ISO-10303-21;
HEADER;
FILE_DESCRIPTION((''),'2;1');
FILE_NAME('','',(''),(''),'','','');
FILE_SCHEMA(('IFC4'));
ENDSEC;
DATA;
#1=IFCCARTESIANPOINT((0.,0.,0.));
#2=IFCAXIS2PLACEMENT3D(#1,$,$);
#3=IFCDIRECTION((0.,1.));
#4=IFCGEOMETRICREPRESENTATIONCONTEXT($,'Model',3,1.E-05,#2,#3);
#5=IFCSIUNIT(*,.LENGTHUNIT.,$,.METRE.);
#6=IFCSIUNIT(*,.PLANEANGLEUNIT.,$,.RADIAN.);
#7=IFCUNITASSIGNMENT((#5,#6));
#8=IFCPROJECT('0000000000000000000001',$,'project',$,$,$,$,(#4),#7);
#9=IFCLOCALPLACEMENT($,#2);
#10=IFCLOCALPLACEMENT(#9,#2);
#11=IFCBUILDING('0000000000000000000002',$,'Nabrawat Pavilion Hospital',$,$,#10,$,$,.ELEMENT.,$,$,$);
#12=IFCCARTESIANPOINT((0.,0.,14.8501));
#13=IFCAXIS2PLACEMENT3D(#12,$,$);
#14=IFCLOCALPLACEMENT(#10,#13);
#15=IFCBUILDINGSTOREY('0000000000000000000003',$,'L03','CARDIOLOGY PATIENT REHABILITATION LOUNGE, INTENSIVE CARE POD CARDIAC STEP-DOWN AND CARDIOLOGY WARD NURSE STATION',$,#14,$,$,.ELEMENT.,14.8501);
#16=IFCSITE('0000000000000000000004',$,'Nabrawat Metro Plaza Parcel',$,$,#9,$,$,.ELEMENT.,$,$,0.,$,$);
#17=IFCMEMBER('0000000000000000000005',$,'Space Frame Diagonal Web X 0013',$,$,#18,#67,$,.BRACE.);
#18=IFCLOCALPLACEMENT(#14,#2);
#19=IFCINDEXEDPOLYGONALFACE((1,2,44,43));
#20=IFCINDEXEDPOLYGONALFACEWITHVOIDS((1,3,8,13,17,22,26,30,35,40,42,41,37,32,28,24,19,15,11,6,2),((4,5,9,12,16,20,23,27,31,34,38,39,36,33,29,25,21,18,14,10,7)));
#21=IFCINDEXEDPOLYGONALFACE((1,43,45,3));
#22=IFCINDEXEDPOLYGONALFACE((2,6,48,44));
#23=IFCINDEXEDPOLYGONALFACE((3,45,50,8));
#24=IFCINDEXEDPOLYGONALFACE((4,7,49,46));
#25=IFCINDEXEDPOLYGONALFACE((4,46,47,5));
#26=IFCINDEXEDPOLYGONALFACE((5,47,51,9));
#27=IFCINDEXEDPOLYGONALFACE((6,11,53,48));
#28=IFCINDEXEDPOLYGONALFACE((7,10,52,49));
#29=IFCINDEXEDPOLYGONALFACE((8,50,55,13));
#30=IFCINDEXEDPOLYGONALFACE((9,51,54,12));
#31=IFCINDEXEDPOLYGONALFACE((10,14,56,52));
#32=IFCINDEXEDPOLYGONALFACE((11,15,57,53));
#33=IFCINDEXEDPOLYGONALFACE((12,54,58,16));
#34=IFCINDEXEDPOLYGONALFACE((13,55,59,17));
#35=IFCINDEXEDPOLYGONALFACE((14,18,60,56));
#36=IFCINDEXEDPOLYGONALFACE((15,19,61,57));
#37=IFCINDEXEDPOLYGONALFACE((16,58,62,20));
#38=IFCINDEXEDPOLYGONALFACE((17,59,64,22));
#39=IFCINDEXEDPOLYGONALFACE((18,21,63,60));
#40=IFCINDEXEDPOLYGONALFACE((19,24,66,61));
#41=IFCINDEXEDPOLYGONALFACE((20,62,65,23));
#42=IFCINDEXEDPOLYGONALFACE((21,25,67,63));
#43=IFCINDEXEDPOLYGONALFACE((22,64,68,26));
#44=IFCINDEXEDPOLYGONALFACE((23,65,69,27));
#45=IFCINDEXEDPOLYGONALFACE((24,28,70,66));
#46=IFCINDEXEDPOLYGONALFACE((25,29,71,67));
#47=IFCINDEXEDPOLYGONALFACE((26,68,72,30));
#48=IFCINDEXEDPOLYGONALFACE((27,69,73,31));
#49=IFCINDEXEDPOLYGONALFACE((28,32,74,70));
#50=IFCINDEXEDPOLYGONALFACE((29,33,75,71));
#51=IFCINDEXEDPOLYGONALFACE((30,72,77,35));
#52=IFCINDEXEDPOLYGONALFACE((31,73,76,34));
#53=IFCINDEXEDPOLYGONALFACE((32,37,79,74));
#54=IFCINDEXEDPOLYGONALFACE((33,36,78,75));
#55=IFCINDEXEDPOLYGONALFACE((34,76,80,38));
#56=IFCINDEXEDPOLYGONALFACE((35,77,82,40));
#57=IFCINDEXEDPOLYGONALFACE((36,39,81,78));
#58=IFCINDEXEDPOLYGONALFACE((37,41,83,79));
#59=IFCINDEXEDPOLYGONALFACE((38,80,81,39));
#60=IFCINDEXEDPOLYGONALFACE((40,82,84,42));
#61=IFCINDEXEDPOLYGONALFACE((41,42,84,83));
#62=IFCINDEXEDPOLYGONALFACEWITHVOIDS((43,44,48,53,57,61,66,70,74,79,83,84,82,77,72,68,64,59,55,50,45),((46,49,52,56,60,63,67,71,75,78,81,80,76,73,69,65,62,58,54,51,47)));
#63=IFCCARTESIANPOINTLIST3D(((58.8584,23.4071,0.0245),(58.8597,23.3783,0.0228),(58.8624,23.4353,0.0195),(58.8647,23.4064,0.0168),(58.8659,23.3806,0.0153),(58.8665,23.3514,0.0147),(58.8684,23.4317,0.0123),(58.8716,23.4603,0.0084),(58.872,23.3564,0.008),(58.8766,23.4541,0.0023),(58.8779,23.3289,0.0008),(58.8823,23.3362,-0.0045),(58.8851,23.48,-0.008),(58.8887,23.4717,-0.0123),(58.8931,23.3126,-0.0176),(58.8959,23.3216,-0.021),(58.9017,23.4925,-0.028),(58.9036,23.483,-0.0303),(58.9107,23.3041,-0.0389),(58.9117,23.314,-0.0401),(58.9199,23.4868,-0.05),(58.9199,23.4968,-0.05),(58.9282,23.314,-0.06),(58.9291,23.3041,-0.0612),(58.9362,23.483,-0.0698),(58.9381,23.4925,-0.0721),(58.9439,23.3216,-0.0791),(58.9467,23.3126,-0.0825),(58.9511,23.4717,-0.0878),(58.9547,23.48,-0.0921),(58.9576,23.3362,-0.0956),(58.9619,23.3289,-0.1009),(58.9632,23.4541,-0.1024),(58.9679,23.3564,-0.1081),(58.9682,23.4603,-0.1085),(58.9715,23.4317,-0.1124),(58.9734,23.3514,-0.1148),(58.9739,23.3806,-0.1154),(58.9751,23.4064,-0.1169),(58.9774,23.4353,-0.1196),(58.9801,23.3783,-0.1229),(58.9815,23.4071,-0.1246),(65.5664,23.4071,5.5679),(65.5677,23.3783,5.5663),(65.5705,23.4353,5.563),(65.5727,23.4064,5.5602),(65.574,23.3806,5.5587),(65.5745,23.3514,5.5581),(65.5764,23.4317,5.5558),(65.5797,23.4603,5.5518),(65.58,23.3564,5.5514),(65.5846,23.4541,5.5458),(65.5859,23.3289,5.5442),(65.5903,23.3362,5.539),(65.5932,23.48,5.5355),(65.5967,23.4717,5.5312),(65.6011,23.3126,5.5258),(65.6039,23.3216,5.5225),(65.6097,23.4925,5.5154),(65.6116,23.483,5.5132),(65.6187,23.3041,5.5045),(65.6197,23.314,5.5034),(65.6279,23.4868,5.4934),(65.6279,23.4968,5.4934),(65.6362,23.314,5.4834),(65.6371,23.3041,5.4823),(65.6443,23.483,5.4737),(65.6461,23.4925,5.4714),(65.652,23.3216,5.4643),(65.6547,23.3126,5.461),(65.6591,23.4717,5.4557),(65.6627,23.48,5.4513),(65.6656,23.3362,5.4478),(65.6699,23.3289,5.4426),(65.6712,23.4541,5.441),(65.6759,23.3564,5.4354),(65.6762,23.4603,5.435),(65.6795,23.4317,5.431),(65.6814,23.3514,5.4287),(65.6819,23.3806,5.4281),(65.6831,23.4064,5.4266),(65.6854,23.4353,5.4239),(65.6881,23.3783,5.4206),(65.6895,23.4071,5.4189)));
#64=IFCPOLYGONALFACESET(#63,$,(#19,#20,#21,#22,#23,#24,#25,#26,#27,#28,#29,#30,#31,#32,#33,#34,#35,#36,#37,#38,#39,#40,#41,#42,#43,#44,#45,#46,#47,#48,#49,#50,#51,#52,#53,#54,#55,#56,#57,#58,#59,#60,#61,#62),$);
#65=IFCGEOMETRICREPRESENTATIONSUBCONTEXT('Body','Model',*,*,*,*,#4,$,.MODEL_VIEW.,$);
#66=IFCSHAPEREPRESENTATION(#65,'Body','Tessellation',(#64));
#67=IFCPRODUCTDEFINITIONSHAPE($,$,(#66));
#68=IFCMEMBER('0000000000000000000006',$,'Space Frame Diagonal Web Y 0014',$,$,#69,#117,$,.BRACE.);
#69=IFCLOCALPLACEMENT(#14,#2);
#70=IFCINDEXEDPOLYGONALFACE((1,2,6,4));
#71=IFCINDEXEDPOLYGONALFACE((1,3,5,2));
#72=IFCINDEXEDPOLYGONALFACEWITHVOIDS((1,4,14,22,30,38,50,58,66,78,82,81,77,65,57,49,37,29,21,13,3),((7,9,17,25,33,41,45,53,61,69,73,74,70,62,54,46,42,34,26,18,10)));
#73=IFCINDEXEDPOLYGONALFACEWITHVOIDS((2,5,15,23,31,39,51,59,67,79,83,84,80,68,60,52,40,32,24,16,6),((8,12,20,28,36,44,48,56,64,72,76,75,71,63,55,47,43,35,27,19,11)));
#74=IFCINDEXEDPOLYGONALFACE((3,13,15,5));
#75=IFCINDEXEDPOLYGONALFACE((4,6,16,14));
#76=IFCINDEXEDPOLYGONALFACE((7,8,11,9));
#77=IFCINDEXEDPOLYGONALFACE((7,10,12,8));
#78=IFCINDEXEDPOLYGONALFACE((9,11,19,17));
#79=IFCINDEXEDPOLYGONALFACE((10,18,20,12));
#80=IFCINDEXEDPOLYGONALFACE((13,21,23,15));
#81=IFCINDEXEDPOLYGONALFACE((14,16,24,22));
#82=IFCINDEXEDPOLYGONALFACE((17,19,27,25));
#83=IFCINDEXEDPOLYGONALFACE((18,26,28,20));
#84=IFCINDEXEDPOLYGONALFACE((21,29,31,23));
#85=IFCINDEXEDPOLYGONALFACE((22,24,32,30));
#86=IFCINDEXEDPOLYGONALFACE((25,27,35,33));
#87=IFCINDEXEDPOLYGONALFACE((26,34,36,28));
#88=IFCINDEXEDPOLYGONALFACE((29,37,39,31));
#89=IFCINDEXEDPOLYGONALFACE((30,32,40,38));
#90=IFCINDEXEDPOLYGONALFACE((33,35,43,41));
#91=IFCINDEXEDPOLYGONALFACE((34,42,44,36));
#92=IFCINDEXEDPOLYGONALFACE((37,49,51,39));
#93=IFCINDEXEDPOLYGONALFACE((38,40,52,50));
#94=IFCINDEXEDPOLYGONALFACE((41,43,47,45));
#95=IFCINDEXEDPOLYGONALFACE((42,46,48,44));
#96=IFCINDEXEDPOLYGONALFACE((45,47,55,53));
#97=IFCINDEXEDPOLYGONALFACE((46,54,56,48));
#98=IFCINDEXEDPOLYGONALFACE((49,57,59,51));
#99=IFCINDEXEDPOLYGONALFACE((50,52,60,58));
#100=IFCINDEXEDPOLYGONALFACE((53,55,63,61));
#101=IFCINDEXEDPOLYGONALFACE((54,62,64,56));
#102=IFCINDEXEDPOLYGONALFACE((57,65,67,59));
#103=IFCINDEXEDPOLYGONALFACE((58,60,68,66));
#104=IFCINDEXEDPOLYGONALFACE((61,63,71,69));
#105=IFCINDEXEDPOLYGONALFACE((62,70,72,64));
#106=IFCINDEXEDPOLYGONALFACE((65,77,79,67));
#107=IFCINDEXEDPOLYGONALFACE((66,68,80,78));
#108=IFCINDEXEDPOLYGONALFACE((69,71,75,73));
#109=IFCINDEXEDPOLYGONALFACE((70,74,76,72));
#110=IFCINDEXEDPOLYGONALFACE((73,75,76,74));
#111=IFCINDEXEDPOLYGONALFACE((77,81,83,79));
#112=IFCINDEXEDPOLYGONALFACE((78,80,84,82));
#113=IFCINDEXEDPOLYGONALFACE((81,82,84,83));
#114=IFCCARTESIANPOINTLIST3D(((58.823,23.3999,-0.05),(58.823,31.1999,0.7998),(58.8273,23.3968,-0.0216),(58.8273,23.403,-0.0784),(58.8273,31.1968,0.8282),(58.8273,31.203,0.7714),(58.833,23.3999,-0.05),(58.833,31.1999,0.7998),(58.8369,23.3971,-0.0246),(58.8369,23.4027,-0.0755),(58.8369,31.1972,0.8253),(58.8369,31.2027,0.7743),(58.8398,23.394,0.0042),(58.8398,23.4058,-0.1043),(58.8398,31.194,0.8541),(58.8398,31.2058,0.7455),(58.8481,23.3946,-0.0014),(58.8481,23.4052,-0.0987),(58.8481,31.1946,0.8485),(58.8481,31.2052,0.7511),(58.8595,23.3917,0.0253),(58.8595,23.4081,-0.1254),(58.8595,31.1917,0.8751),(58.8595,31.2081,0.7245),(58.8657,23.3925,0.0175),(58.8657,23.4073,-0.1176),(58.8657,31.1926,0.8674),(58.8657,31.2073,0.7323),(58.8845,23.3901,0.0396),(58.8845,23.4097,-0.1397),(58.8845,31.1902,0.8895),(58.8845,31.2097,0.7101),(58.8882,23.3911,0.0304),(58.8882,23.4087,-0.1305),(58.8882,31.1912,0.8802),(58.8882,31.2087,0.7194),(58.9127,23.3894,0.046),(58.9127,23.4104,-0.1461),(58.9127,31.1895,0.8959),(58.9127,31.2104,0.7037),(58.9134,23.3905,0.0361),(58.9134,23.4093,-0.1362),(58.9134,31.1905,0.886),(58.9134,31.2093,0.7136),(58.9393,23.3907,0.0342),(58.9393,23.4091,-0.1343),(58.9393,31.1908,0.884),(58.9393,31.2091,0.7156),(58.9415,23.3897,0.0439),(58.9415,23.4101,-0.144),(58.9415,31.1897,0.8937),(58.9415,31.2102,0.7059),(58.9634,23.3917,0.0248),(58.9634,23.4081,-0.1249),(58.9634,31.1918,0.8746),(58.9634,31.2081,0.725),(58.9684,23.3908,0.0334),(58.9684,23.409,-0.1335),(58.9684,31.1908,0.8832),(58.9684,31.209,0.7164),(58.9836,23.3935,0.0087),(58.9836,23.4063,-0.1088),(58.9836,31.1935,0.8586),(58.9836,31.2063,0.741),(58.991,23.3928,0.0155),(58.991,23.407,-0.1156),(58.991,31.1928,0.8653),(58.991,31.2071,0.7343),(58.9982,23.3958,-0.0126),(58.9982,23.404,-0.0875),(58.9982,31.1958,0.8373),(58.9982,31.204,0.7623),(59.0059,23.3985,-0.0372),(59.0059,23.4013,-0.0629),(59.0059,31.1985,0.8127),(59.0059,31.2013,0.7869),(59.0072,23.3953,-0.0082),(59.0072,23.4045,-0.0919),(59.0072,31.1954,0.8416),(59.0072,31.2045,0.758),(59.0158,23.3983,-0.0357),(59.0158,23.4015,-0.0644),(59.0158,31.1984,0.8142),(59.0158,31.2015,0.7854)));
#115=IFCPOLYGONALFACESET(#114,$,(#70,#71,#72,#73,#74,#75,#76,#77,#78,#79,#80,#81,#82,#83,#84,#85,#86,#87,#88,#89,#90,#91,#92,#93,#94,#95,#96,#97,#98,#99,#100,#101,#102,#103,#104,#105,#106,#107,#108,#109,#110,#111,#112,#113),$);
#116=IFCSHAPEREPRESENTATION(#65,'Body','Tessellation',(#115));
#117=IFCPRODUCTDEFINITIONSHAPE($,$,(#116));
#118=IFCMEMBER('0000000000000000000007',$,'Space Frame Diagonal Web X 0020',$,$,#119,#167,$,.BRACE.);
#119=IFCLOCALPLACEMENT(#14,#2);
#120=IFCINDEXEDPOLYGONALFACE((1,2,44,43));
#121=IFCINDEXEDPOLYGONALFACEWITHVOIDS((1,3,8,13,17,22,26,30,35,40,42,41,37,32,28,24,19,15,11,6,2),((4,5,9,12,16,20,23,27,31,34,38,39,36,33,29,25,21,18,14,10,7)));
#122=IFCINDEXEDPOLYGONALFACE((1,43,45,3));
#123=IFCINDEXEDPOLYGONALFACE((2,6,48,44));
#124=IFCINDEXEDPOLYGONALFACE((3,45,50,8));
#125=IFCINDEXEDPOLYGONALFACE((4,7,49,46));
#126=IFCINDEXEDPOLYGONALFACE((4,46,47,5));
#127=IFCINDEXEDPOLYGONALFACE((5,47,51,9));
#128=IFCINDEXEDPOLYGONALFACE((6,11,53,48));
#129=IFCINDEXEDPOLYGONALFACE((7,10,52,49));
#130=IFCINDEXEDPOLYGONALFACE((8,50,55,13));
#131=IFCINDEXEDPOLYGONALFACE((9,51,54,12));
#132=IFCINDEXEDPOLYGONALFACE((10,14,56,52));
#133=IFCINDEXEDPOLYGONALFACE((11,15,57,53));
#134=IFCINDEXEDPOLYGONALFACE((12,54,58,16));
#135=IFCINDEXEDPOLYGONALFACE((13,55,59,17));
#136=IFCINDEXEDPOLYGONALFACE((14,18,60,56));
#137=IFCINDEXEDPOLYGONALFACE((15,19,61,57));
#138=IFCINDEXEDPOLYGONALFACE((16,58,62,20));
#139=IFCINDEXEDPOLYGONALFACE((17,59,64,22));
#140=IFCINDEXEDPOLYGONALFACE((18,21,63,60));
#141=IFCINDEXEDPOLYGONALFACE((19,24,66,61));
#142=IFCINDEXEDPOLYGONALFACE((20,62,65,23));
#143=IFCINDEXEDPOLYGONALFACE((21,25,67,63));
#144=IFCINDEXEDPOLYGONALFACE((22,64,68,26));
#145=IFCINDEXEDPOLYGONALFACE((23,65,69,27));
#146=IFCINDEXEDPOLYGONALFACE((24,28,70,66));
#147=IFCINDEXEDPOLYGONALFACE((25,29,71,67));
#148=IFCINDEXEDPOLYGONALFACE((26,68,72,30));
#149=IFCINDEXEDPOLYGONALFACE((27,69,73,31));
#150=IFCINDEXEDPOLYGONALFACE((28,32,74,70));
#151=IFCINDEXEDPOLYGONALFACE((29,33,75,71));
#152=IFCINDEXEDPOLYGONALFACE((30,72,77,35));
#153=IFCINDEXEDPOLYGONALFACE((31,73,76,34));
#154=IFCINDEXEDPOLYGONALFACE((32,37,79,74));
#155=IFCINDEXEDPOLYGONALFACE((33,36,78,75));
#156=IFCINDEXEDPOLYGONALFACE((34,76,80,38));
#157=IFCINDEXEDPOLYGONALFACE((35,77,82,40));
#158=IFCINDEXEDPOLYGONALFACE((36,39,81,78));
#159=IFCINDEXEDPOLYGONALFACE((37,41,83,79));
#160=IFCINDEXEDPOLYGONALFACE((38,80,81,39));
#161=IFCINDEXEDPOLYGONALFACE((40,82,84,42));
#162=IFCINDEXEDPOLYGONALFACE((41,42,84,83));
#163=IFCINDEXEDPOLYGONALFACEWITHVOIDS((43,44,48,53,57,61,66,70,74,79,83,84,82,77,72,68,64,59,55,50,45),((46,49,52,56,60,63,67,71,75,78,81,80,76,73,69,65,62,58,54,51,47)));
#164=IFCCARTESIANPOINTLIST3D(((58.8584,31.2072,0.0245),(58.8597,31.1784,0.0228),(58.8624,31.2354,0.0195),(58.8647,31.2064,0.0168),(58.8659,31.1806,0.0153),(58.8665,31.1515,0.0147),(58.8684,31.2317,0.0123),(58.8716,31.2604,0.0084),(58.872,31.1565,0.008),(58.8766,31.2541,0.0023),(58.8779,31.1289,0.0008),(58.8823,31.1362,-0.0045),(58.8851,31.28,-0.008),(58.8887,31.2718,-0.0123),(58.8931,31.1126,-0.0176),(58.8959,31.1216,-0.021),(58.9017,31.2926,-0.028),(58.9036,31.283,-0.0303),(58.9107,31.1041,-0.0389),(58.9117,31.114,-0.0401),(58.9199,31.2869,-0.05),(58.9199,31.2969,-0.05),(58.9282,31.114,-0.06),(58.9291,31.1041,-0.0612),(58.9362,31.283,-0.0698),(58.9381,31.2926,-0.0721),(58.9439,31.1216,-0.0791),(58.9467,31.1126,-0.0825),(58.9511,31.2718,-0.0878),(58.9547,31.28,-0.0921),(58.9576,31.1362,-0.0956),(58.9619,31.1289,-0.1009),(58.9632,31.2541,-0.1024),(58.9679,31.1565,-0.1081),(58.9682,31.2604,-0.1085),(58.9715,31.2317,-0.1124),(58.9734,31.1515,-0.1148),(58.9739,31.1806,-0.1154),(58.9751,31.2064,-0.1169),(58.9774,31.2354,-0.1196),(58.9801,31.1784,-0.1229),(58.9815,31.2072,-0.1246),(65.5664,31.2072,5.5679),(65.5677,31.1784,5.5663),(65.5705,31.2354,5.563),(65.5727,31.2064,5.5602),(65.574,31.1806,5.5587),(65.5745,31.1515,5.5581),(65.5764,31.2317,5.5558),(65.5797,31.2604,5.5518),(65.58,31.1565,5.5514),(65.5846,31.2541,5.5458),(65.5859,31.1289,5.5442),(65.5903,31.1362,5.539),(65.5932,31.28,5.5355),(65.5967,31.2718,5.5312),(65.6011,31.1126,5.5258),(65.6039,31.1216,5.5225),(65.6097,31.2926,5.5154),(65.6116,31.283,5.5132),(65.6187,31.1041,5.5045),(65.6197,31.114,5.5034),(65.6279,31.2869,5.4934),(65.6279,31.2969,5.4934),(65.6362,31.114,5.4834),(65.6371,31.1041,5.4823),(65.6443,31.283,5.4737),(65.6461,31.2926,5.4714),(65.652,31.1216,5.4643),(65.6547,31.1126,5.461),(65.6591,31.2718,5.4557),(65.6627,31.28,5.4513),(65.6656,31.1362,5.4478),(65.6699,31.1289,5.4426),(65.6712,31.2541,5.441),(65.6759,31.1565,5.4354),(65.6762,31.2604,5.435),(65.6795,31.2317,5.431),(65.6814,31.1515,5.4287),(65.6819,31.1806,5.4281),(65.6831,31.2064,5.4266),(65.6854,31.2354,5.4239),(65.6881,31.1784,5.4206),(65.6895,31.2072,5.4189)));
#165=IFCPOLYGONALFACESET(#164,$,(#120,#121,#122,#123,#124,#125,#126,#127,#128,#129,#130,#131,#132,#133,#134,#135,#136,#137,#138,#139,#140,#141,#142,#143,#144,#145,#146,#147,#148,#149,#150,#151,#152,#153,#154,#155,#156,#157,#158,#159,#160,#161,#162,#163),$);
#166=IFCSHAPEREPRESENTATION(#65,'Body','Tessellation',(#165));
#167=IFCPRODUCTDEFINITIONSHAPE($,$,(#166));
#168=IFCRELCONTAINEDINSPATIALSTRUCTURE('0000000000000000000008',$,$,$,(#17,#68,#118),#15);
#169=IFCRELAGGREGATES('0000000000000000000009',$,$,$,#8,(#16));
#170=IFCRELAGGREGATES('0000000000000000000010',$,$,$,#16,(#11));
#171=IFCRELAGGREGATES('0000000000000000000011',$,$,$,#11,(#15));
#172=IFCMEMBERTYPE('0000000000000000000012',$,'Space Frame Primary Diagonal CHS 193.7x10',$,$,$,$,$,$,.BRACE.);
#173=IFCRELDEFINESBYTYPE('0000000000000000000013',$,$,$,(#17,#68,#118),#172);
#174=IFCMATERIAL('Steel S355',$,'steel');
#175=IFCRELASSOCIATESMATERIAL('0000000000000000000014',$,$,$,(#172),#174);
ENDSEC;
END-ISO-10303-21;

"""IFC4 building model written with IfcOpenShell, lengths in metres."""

from ifc_helpers import new_model, si_unit, direction, frame, origin, origin_2d, place, context, subcontext, project, spatial, hollow_circle, extrude, material, material_profile, profile_set, type_object, element, save


model = new_model("IFC4")

# Units and contexts
model_context = context("Model", 3, precision=1e-05, world=origin(), true_north=direction((0.0, 1.0)))
body_context = subcontext(model_context, "Body", "Model", "MODEL_VIEW")
ifc_project = project(units=[si_unit("LENGTHUNIT", "METRE"), si_unit("PLANEANGLEUNIT", "RADIAN")], contexts=[model_context])

# Site, building, storey
site_placement = place(None, origin())
site = spatial("IfcSite", under=ifc_project, at=site_placement, Name="Nabrawat Metro Plaza Parcel", CompositionType="ELEMENT", RefElevation=0.0)
building_placement = place(site_placement, origin())
building = spatial("IfcBuilding", under=site, at=building_placement, Name="Nabrawat Pavilion Hospital", CompositionType="ELEMENT")
storey_placement = place(building_placement, frame((0.0, 0.0, 14.8501)))
storey = spatial("IfcBuildingStorey", under=building, at=storey_placement, Name="L03", Description="CARDIOLOGY PATIENT REHABILITATION LOUNGE, INTENSIVE CARE POD CARDIAC STEP-DOWN AND CARDIOLOGY WARD NURSE STATION", CompositionType="ELEMENT", Elevation=14.8501)

# Shared definitions
ifc_material_1 = material(Name="Steel S355", Category="steel")

# Members
ifc_material_profile_1 = material_profile(ifc_material_1, hollow_circle(Radius=0.0969, WallThickness=0.01, at=origin_2d()), Name="CHS 193.7x10")
ifc_profile_set_1 = profile_set([ifc_material_profile_1], Name="Steel S355")
member_type_1 = type_object("IfcMemberType", Name="Space Frame Primary Diagonal CHS 193.7x10", PredefinedType="BRACE", material=ifc_profile_set_1)
member_1_placement = place(storey_placement, frame((58.9199, 23.3999, -0.05), z_axis=(0.770846, 0.0, 0.637022), x_axis=(0.0, 1.0, 0.0)))
element("IfcMember", 1, at=member_1_placement, inside=storey, type_object=member_type_1, Name="Space Frame Diagonal Web X 0013", PredefinedType="BRACE", context=body_context, shape_type="SweptSolid", body=[
    extrude(hollow_circle(Radius=0.0969, WallThickness=0.01, at=origin_2d()), origin(), (0.0, 0.0, 1.0), 8.7021),
])
member_2_placement = place(storey_placement, frame((58.9199, 23.3999, -0.05), z_axis=(0.0, 0.994117, 0.108314), x_axis=(-1.0, 0.0, 0.0)))
element("IfcMember", 2, at=member_2_placement, inside=storey, type_object=member_type_1, Name="Space Frame Diagonal Web Y 0014", PredefinedType="BRACE", context=body_context, shape_type="SweptSolid", body=[
    extrude(hollow_circle(Radius=0.0969, WallThickness=0.01, at=origin_2d()), origin(), (0.0, 0.0, 1.0), 7.8462),
])
member_3_placement = place(storey_placement, frame((58.9199, 31.2, -0.05), z_axis=(0.770846, 0.0, 0.637022), x_axis=(0.0, 1.0, 0.0)))
element("IfcMember", 3, at=member_3_placement, inside=storey, type_object=member_type_1, Name="Space Frame Diagonal Web X 0020", PredefinedType="BRACE", context=body_context, shape_type="SweptSolid", body=[
    extrude(hollow_circle(Radius=0.0969, WallThickness=0.01, at=origin_2d()), origin(), (0.0, 0.0, 1.0), 8.7021),
])

save(model, "model.ifc")
